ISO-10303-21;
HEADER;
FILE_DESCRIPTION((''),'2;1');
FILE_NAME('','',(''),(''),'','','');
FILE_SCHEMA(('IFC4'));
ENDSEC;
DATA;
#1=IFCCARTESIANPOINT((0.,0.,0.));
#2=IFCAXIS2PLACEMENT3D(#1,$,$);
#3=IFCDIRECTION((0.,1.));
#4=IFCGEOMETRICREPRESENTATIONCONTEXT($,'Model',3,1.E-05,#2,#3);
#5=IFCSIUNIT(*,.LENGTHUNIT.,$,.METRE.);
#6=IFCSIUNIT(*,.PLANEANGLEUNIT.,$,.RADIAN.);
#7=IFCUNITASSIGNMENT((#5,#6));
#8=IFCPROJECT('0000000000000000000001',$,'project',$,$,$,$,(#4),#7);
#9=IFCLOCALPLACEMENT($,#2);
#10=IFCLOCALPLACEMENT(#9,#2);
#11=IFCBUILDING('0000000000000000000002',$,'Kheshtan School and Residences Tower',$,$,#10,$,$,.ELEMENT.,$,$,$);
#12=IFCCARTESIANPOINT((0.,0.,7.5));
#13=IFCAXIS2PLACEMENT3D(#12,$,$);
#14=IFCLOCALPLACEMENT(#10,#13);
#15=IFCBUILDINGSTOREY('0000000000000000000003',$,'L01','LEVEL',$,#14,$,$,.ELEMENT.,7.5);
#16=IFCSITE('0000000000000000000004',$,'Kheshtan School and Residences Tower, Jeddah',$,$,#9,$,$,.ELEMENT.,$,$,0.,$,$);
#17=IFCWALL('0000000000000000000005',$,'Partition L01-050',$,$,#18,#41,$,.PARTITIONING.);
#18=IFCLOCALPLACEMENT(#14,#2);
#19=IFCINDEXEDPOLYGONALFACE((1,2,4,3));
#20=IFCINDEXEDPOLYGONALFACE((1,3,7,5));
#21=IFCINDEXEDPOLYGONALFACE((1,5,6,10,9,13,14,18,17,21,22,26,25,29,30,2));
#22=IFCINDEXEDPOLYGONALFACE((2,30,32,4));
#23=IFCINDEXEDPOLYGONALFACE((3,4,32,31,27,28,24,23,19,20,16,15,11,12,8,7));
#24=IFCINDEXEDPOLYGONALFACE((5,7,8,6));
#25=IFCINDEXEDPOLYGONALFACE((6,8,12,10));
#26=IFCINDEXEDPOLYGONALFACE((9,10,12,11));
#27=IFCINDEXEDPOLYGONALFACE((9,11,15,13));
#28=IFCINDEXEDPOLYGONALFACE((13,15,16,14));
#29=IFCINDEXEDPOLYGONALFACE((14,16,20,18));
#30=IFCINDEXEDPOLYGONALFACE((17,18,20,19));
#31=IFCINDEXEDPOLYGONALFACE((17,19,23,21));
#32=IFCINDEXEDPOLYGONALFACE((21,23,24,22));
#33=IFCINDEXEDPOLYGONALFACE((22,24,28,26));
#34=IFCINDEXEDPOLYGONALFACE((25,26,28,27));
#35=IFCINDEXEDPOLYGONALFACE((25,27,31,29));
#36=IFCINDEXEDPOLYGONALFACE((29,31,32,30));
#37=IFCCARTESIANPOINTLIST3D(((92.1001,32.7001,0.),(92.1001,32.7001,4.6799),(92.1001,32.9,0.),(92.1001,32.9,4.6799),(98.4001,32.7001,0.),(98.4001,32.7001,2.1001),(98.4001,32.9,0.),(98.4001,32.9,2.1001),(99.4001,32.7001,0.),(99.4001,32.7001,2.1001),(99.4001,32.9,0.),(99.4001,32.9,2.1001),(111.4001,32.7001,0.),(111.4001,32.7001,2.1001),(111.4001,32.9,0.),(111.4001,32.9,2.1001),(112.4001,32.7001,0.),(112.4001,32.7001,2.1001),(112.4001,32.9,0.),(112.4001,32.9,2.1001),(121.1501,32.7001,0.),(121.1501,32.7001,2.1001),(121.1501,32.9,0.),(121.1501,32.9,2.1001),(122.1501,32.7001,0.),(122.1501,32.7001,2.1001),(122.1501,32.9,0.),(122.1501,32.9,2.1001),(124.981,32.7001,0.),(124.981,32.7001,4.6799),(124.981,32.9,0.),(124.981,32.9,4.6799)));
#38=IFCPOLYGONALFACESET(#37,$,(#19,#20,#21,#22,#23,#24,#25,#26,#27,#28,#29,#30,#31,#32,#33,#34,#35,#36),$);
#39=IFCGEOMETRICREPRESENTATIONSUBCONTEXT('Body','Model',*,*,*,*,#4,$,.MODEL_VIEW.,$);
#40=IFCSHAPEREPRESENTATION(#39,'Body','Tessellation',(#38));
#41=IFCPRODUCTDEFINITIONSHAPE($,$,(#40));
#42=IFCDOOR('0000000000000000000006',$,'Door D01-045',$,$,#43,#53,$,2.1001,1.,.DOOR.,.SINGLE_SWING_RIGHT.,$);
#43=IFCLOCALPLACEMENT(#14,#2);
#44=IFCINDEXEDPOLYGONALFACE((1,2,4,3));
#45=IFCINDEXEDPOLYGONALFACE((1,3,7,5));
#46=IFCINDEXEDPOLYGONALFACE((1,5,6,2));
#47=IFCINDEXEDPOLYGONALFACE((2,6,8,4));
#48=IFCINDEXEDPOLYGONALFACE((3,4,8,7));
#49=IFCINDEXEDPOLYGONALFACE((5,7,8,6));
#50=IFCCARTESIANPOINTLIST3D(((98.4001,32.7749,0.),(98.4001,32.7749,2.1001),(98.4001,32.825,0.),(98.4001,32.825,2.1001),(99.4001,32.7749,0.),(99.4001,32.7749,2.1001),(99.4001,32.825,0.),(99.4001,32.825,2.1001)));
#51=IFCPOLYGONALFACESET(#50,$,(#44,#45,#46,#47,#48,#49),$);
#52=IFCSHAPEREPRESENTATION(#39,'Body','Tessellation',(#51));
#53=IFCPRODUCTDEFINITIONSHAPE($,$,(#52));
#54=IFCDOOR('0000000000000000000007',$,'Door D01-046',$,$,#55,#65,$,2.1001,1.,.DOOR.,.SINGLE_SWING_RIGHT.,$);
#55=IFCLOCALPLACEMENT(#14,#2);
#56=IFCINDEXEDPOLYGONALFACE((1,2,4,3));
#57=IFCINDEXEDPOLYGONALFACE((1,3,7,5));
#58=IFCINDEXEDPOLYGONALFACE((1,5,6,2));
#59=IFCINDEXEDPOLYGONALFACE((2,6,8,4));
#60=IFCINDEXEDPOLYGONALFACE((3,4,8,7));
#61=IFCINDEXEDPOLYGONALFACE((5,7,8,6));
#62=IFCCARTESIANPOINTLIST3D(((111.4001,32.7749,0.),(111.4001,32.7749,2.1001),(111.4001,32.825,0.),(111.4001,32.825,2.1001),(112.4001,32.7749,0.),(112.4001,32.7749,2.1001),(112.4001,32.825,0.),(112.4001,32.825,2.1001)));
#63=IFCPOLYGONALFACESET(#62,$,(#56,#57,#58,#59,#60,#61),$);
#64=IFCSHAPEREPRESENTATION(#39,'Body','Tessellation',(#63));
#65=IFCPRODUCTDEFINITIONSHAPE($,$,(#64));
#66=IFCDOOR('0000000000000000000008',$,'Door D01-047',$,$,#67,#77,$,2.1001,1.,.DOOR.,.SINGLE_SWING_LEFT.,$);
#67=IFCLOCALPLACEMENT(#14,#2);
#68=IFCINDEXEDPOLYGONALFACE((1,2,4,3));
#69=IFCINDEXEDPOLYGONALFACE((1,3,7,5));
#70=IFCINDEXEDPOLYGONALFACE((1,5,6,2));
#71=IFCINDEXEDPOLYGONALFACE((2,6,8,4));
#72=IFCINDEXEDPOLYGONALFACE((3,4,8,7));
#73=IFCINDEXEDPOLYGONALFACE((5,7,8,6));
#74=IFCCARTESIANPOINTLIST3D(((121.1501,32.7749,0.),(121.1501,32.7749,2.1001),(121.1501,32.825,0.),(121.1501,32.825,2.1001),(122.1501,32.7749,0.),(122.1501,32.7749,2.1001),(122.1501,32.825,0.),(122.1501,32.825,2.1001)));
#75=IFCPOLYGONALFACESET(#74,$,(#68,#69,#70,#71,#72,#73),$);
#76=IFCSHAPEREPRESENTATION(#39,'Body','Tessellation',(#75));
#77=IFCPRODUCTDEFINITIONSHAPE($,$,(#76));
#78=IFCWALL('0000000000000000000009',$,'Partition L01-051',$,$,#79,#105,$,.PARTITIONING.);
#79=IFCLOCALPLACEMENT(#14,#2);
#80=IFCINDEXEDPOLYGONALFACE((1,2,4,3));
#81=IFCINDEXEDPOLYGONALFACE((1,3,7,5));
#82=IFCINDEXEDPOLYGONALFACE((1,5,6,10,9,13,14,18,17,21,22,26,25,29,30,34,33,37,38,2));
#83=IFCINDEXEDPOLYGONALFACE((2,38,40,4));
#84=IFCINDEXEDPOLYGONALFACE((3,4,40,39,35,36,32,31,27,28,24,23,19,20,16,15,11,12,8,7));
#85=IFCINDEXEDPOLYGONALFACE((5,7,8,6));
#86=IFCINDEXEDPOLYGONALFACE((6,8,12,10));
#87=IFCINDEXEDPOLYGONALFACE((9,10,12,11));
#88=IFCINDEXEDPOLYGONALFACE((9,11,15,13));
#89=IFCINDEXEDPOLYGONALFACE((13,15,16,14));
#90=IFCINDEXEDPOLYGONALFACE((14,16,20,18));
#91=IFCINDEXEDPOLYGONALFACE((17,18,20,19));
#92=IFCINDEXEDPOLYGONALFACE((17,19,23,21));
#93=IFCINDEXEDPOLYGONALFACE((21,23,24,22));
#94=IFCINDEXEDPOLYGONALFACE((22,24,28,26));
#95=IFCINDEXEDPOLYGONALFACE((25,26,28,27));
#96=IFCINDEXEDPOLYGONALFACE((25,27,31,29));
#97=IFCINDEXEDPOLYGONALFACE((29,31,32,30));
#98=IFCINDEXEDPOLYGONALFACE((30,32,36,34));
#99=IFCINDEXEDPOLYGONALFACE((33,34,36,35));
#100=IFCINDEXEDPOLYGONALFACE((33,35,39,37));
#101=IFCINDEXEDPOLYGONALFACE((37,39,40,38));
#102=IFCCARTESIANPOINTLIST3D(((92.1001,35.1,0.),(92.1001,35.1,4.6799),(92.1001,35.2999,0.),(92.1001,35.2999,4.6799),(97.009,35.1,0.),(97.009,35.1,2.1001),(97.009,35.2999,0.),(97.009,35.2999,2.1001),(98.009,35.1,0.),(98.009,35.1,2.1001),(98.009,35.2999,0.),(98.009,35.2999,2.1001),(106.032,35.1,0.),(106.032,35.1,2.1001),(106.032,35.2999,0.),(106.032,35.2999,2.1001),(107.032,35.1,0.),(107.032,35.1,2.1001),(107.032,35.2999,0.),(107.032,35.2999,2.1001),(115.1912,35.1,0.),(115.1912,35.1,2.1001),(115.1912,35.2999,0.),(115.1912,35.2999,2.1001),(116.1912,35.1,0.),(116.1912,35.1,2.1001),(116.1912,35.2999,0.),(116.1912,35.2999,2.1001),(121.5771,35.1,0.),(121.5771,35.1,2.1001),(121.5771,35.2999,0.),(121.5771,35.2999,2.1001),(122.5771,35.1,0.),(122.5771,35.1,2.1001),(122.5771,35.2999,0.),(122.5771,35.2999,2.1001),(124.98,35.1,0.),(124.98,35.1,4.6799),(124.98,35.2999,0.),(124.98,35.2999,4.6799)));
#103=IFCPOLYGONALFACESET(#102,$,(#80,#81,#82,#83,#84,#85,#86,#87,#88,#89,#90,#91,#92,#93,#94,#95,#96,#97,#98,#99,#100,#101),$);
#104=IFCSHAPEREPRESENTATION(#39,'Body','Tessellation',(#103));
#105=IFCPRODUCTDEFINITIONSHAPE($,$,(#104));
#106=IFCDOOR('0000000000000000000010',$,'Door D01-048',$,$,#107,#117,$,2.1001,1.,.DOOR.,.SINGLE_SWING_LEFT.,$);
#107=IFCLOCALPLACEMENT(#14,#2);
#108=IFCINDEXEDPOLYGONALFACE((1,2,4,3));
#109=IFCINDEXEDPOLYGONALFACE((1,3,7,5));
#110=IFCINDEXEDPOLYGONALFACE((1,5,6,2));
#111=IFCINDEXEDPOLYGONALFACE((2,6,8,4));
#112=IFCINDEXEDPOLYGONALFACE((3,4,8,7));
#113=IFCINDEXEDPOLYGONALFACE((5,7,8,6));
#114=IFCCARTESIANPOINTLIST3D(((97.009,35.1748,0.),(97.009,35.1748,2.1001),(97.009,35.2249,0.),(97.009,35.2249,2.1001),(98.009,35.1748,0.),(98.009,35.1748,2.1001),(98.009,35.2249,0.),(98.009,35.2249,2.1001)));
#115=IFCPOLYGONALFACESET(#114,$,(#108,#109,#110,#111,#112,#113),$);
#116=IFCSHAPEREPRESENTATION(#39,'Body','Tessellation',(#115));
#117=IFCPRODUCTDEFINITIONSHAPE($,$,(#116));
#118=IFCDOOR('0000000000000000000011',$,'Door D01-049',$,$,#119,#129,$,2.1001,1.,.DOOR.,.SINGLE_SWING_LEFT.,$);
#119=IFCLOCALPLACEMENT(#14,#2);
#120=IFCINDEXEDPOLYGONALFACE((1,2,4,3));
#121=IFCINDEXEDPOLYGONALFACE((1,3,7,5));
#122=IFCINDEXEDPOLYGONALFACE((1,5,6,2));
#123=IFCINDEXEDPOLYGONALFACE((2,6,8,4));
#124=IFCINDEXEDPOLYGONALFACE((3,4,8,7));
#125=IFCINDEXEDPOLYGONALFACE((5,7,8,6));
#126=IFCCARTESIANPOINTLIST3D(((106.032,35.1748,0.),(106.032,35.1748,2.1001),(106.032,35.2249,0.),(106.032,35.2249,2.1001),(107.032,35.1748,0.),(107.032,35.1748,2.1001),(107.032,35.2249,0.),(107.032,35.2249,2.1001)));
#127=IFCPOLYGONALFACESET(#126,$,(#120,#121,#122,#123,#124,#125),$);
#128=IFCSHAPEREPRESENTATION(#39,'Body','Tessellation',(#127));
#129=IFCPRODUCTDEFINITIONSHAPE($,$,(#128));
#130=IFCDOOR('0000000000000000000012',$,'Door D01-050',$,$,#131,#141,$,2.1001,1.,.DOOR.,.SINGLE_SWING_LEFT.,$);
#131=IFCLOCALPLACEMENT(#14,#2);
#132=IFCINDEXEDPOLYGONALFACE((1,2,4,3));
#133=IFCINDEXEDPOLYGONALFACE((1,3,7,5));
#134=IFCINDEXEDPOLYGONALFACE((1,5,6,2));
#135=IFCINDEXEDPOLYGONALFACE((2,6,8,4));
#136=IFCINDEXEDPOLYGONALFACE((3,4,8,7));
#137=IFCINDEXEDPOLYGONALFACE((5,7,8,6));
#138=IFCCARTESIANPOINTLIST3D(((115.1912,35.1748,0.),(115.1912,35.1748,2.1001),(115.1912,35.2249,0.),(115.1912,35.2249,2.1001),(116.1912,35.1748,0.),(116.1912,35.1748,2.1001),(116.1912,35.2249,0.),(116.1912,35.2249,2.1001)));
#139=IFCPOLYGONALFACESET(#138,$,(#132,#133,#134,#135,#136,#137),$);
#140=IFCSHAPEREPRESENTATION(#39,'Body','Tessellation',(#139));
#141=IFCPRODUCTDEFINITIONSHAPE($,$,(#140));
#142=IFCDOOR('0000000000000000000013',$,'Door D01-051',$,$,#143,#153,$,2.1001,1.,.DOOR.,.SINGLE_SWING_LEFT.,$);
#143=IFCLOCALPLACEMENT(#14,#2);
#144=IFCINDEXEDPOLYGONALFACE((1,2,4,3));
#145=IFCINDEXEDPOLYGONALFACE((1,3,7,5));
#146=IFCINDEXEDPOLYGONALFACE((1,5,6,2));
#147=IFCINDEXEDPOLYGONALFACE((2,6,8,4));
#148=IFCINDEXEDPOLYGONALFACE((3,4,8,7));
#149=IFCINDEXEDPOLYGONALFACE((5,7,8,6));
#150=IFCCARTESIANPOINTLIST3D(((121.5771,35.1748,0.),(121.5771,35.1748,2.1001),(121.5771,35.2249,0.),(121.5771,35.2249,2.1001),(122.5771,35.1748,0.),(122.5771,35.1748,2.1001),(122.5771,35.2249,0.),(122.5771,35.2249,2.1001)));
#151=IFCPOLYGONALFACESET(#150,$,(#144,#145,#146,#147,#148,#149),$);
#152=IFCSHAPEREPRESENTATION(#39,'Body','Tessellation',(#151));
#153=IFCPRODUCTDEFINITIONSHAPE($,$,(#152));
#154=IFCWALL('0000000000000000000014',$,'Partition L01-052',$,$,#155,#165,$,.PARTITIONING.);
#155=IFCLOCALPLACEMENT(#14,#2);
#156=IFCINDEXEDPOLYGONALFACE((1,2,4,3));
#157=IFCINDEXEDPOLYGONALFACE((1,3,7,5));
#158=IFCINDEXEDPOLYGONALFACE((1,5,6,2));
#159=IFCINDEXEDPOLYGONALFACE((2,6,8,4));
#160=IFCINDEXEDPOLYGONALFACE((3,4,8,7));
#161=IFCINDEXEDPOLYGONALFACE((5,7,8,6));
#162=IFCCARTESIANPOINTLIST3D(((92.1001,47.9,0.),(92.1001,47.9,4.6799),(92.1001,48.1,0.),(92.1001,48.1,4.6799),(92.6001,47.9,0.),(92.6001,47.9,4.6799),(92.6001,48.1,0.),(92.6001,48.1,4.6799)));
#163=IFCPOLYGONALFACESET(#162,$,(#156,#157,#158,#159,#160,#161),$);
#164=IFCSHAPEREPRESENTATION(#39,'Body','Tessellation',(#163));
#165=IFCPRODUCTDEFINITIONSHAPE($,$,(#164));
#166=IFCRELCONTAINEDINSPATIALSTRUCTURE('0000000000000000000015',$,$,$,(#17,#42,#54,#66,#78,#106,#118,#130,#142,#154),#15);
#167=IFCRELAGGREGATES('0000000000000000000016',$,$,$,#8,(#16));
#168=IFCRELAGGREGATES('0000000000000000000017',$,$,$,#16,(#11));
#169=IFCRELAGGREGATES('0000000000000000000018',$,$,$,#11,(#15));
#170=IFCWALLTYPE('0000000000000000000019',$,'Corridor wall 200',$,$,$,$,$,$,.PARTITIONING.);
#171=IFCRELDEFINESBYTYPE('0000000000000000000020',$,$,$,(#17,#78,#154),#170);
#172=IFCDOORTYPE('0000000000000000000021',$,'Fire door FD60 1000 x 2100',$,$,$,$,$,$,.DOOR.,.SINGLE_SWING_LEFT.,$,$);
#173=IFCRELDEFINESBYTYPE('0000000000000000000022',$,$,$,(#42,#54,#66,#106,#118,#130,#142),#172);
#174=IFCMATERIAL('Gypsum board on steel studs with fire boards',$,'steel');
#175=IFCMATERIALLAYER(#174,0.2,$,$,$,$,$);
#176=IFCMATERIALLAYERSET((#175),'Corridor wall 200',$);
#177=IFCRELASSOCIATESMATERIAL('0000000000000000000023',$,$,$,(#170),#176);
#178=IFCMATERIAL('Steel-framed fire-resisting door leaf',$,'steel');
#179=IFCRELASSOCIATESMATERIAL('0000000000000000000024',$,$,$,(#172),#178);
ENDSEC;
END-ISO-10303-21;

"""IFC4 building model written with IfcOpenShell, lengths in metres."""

from ifc_helpers import new_model, si_unit, direction, frame, frame_2d, origin, place, context, subcontext, project, spatial, rectangle, extrude, source, transform, mapped, material, layer, layer_set, type_object, element, fill, save


model = new_model("IFC4")

# Units and contexts
model_context = context("Model", 3, precision=1e-05, world=origin(), true_north=direction((0.0, 1.0)))
body_context = subcontext(model_context, "Body", "Model", "MODEL_VIEW")
ifc_project = project(units=[si_unit("LENGTHUNIT", "METRE"), si_unit("PLANEANGLEUNIT", "RADIAN")], contexts=[model_context])

# Site, building, storey
site_placement = place(None, origin())
site = spatial("IfcSite", under=ifc_project, at=site_placement, Name="Kheshtan School and Residences Tower, Jeddah", CompositionType="ELEMENT", RefElevation=0.0)
building_placement = place(site_placement, origin())
building = spatial("IfcBuilding", under=site, at=building_placement, Name="Kheshtan School and Residences Tower", CompositionType="ELEMENT")
storey_placement = place(building_placement, frame((0.0, 0.0, 7.5)))
storey = spatial("IfcBuildingStorey", under=building, at=storey_placement, Name="L01", Description="LEVEL", CompositionType="ELEMENT", Elevation=7.5)

# Shared definitions
ifc_material_1 = material(Name="Gypsum board on steel studs with fire boards", Category="steel")
ifc_layer_1 = layer(ifc_material_1, 0.2)
ifc_layer_set_1 = layer_set([ifc_layer_1], Name="Corridor wall 200")
wall_type_1 = type_object("IfcWallType", Name="Corridor wall 200", PredefinedType="PARTITIONING", material=ifc_layer_set_1)

# Walls, openings, doors
wall_1_placement = place(storey_placement, frame((92.1001, 32.8, 0.0), z_axis=(0.0, 0.0, 1.0), x_axis=(1.0, 0.0, 0.0)))
wall_1 = element("IfcWall", 1, at=wall_1_placement, inside=storey, type_object=wall_type_1, Name="Partition L01-050", PredefinedType="PARTITIONING", context=body_context, shape_type="SweptSolid", body=[
    extrude(rectangle(XDim=32.8809, YDim=0.2, at=frame_2d((16.4404, 0.0))), origin(), (0.0, 0.0, 1.0), 4.6799),
])
opening_1_placement = place(wall_1_placement, frame((6.3, 0.0, 0.0)))
opening_1 = element("IfcOpeningElement", 2, at=opening_1_placement, cuts=wall_1, PredefinedType="OPENING", context=body_context, shape_type="SweptSolid", body=[
    extrude(rectangle(XDim=1.0, YDim=2.1001, at=frame_2d((0.5, 1.05))), frame((0.0, 0.1099, 0.0), z_axis=(0.0, -1.0, 0.0), x_axis=(1.0, 0.0, 0.0)), (0.0, 0.0, 1.0), 0.22),
])
opening_2_placement = place(wall_1_placement, frame((19.3, 0.0, 0.0)))
opening_2 = element("IfcOpeningElement", 3, at=opening_2_placement, cuts=wall_1, PredefinedType="OPENING", context=body_context, shape_type="SweptSolid", body=[
    extrude(rectangle(XDim=1.0, YDim=2.1001, at=frame_2d((0.5, 1.05))), frame((0.0, 0.1099, 0.0), z_axis=(0.0, -1.0, 0.0), x_axis=(1.0, 0.0, 0.0)), (0.0, 0.0, 1.0), 0.22),
])
opening_3_placement = place(wall_1_placement, frame((29.05, 0.0, 0.0)))
opening_3 = element("IfcOpeningElement", 4, at=opening_3_placement, cuts=wall_1, PredefinedType="OPENING", context=body_context, shape_type="SweptSolid", body=[
    extrude(rectangle(XDim=1.0, YDim=2.1001, at=frame_2d((0.5, 1.05))), frame((0.0, 0.1099, 0.0), z_axis=(0.0, -1.0, 0.0), x_axis=(1.0, 0.0, 0.0)), (0.0, 0.0, 1.0), 0.22),
])
ifc_material_2 = material(Name="Steel-framed fire-resisting door leaf", Category="steel")
door_type_1 = type_object("IfcDoorType", Name="Fire door FD60 1000 x 2100", OperationType="SINGLE_SWING_LEFT", PredefinedType="DOOR", material=ifc_material_2)
shared_shape_1 = source(origin(), body_context, "Body", "SweptSolid", [
    extrude(rectangle(XDim=1.0, YDim=2.1001, at=frame_2d((0.5, 1.05))), frame((0.0, 0.0249, 0.0), z_axis=(0.0, -1.0, 0.0), x_axis=(1.0, 0.0, 0.0)), (0.0, 0.0, 1.0), 0.05),
])
door_1_placement = place(opening_1_placement, origin())
door_1 = element("IfcDoor", 5, at=door_1_placement, inside=storey, type_object=door_type_1, Name="Door D01-045", OperationType="SINGLE_SWING_RIGHT", OverallHeight=2.1001, OverallWidth=1.0, PredefinedType="DOOR", context=body_context, shape_type="MappedRepresentation", body=[
    mapped(shared_shape_1, transform((0.0, 0.0, 0.0), x_axis=(1.0, 0.0, 0.0), y_axis=(0.0, 1.0, 0.0), z_axis=(0.0, 0.0, 1.0), scale=1.0)),
])
fill(opening_1, door_1)
door_2_placement = place(opening_2_placement, origin())
door_2 = element("IfcDoor", 6, at=door_2_placement, inside=storey, type_object=door_type_1, Name="Door D01-046", OperationType="SINGLE_SWING_RIGHT", OverallHeight=2.1001, OverallWidth=1.0, PredefinedType="DOOR", context=body_context, shape_type="MappedRepresentation", body=[
    mapped(shared_shape_1, transform((0.0, 0.0, 0.0), x_axis=(1.0, 0.0, 0.0), y_axis=(0.0, 1.0, 0.0), z_axis=(0.0, 0.0, 1.0), scale=1.0)),
])
fill(opening_2, door_2)
door_3_placement = place(opening_3_placement, origin())
door_3 = element("IfcDoor", 7, at=door_3_placement, inside=storey, type_object=door_type_1, Name="Door D01-047", OperationType="SINGLE_SWING_LEFT", OverallHeight=2.1001, OverallWidth=1.0, PredefinedType="DOOR", context=body_context, shape_type="MappedRepresentation", body=[
    mapped(shared_shape_1, transform((0.0, 0.0, 0.0), x_axis=(1.0, 0.0, 0.0), y_axis=(0.0, 1.0, 0.0), z_axis=(0.0, 0.0, 1.0), scale=1.0)),
])
fill(opening_3, door_3)
wall_2_placement = place(storey_placement, frame((92.1001, 35.2, 0.0), z_axis=(0.0, 0.0, 1.0), x_axis=(1.0, 0.0, 0.0)))
wall_2 = element("IfcWall", 8, at=wall_2_placement, inside=storey, type_object=wall_type_1, Name="Partition L01-051", PredefinedType="PARTITIONING", context=body_context, shape_type="SweptSolid", body=[
    extrude(rectangle(XDim=32.8799, YDim=0.2, at=frame_2d((16.4399, 0.0))), origin(), (0.0, 0.0, 1.0), 4.6799),
])
opening_4_placement = place(wall_2_placement, frame((4.9089, 0.0, 0.0)))
opening_4 = element("IfcOpeningElement", 9, at=opening_4_placement, cuts=wall_2, PredefinedType="OPENING", context=body_context, shape_type="SweptSolid", body=[
    extrude(rectangle(XDim=1.0, YDim=2.1001, at=frame_2d((0.5, 1.05))), frame((0.0, 0.1099, 0.0), z_axis=(0.0, -1.0, 0.0), x_axis=(1.0, 0.0, 0.0)), (0.0, 0.0, 1.0), 0.22),
])
opening_5_placement = place(wall_2_placement, frame((13.9319, 0.0, 0.0)))
opening_5 = element("IfcOpeningElement", 10, at=opening_5_placement, cuts=wall_2, PredefinedType="OPENING", context=body_context, shape_type="SweptSolid", body=[
    extrude(rectangle(XDim=1.0, YDim=2.1001, at=frame_2d((0.5, 1.05))), frame((0.0, 0.1099, 0.0), z_axis=(0.0, -1.0, 0.0), x_axis=(1.0, 0.0, 0.0)), (0.0, 0.0, 1.0), 0.22),
])
opening_6_placement = place(wall_2_placement, frame((23.0911, 0.0, 0.0)))
opening_6 = element("IfcOpeningElement", 11, at=opening_6_placement, cuts=wall_2, PredefinedType="OPENING", context=body_context, shape_type="SweptSolid", body=[
    extrude(rectangle(XDim=1.0, YDim=2.1001, at=frame_2d((0.5, 1.05))), frame((0.0, 0.1099, 0.0), z_axis=(0.0, -1.0, 0.0), x_axis=(1.0, 0.0, 0.0)), (0.0, 0.0, 1.0), 0.22),
])
opening_7_placement = place(wall_2_placement, frame((29.4771, 0.0, 0.0)))
opening_7 = element("IfcOpeningElement", 12, at=opening_7_placement, cuts=wall_2, PredefinedType="OPENING", context=body_context, shape_type="SweptSolid", body=[
    extrude(rectangle(XDim=1.0, YDim=2.1001, at=frame_2d((0.5, 1.05))), frame((0.0, 0.1099, 0.0), z_axis=(0.0, -1.0, 0.0), x_axis=(1.0, 0.0, 0.0)), (0.0, 0.0, 1.0), 0.22),
])
door_4_placement = place(opening_4_placement, origin())
door_4 = element("IfcDoor", 13, at=door_4_placement, inside=storey, type_object=door_type_1, Name="Door D01-048", OperationType="SINGLE_SWING_LEFT", OverallHeight=2.1001, OverallWidth=1.0, PredefinedType="DOOR", context=body_context, shape_type="MappedRepresentation", body=[
    mapped(shared_shape_1, transform((0.0, 0.0, 0.0), x_axis=(1.0, 0.0, 0.0), y_axis=(0.0, 1.0, 0.0), z_axis=(0.0, 0.0, 1.0), scale=1.0)),
])
fill(opening_4, door_4)
door_5_placement = place(opening_5_placement, origin())
door_5 = element("IfcDoor", 14, at=door_5_placement, inside=storey, type_object=door_type_1, Name="Door D01-049", OperationType="SINGLE_SWING_LEFT", OverallHeight=2.1001, OverallWidth=1.0, PredefinedType="DOOR", context=body_context, shape_type="MappedRepresentation", body=[
    mapped(shared_shape_1, transform((0.0, 0.0, 0.0), x_axis=(1.0, 0.0, 0.0), y_axis=(0.0, 1.0, 0.0), z_axis=(0.0, 0.0, 1.0), scale=1.0)),
])
fill(opening_5, door_5)
door_6_placement = place(opening_6_placement, origin())
door_6 = element("IfcDoor", 15, at=door_6_placement, inside=storey, type_object=door_type_1, Name="Door D01-050", OperationType="SINGLE_SWING_LEFT", OverallHeight=2.1001, OverallWidth=1.0, PredefinedType="DOOR", context=body_context, shape_type="MappedRepresentation", body=[
    mapped(shared_shape_1, transform((0.0, 0.0, 0.0), x_axis=(1.0, 0.0, 0.0), y_axis=(0.0, 1.0, 0.0), z_axis=(0.0, 0.0, 1.0), scale=1.0)),
])
fill(opening_6, door_6)
door_7_placement = place(opening_7_placement, origin())
door_7 = element("IfcDoor", 16, at=door_7_placement, inside=storey, type_object=door_type_1, Name="Door D01-051", OperationType="SINGLE_SWING_LEFT", OverallHeight=2.1001, OverallWidth=1.0, PredefinedType="DOOR", context=body_context, shape_type="MappedRepresentation", body=[
    mapped(shared_shape_1, transform((0.0, 0.0, 0.0), x_axis=(1.0, 0.0, 0.0), y_axis=(0.0, 1.0, 0.0), z_axis=(0.0, 0.0, 1.0), scale=1.0)),
])
fill(opening_7, door_7)

# Wall
wall_3_placement = place(storey_placement, frame((92.1001, 48.0, 0.0), z_axis=(0.0, 0.0, 1.0), x_axis=(1.0, 0.0, 0.0)))
element("IfcWall", 17, at=wall_3_placement, inside=storey, type_object=wall_type_1, Name="Partition L01-052", PredefinedType="PARTITIONING", context=body_context, shape_type="SweptSolid", body=[
    extrude(rectangle(XDim=0.5, YDim=0.2, at=frame_2d((0.25, 0.0))), origin(), (0.0, 0.0, 1.0), 4.6799),
])

save(model, "model.ifc")
